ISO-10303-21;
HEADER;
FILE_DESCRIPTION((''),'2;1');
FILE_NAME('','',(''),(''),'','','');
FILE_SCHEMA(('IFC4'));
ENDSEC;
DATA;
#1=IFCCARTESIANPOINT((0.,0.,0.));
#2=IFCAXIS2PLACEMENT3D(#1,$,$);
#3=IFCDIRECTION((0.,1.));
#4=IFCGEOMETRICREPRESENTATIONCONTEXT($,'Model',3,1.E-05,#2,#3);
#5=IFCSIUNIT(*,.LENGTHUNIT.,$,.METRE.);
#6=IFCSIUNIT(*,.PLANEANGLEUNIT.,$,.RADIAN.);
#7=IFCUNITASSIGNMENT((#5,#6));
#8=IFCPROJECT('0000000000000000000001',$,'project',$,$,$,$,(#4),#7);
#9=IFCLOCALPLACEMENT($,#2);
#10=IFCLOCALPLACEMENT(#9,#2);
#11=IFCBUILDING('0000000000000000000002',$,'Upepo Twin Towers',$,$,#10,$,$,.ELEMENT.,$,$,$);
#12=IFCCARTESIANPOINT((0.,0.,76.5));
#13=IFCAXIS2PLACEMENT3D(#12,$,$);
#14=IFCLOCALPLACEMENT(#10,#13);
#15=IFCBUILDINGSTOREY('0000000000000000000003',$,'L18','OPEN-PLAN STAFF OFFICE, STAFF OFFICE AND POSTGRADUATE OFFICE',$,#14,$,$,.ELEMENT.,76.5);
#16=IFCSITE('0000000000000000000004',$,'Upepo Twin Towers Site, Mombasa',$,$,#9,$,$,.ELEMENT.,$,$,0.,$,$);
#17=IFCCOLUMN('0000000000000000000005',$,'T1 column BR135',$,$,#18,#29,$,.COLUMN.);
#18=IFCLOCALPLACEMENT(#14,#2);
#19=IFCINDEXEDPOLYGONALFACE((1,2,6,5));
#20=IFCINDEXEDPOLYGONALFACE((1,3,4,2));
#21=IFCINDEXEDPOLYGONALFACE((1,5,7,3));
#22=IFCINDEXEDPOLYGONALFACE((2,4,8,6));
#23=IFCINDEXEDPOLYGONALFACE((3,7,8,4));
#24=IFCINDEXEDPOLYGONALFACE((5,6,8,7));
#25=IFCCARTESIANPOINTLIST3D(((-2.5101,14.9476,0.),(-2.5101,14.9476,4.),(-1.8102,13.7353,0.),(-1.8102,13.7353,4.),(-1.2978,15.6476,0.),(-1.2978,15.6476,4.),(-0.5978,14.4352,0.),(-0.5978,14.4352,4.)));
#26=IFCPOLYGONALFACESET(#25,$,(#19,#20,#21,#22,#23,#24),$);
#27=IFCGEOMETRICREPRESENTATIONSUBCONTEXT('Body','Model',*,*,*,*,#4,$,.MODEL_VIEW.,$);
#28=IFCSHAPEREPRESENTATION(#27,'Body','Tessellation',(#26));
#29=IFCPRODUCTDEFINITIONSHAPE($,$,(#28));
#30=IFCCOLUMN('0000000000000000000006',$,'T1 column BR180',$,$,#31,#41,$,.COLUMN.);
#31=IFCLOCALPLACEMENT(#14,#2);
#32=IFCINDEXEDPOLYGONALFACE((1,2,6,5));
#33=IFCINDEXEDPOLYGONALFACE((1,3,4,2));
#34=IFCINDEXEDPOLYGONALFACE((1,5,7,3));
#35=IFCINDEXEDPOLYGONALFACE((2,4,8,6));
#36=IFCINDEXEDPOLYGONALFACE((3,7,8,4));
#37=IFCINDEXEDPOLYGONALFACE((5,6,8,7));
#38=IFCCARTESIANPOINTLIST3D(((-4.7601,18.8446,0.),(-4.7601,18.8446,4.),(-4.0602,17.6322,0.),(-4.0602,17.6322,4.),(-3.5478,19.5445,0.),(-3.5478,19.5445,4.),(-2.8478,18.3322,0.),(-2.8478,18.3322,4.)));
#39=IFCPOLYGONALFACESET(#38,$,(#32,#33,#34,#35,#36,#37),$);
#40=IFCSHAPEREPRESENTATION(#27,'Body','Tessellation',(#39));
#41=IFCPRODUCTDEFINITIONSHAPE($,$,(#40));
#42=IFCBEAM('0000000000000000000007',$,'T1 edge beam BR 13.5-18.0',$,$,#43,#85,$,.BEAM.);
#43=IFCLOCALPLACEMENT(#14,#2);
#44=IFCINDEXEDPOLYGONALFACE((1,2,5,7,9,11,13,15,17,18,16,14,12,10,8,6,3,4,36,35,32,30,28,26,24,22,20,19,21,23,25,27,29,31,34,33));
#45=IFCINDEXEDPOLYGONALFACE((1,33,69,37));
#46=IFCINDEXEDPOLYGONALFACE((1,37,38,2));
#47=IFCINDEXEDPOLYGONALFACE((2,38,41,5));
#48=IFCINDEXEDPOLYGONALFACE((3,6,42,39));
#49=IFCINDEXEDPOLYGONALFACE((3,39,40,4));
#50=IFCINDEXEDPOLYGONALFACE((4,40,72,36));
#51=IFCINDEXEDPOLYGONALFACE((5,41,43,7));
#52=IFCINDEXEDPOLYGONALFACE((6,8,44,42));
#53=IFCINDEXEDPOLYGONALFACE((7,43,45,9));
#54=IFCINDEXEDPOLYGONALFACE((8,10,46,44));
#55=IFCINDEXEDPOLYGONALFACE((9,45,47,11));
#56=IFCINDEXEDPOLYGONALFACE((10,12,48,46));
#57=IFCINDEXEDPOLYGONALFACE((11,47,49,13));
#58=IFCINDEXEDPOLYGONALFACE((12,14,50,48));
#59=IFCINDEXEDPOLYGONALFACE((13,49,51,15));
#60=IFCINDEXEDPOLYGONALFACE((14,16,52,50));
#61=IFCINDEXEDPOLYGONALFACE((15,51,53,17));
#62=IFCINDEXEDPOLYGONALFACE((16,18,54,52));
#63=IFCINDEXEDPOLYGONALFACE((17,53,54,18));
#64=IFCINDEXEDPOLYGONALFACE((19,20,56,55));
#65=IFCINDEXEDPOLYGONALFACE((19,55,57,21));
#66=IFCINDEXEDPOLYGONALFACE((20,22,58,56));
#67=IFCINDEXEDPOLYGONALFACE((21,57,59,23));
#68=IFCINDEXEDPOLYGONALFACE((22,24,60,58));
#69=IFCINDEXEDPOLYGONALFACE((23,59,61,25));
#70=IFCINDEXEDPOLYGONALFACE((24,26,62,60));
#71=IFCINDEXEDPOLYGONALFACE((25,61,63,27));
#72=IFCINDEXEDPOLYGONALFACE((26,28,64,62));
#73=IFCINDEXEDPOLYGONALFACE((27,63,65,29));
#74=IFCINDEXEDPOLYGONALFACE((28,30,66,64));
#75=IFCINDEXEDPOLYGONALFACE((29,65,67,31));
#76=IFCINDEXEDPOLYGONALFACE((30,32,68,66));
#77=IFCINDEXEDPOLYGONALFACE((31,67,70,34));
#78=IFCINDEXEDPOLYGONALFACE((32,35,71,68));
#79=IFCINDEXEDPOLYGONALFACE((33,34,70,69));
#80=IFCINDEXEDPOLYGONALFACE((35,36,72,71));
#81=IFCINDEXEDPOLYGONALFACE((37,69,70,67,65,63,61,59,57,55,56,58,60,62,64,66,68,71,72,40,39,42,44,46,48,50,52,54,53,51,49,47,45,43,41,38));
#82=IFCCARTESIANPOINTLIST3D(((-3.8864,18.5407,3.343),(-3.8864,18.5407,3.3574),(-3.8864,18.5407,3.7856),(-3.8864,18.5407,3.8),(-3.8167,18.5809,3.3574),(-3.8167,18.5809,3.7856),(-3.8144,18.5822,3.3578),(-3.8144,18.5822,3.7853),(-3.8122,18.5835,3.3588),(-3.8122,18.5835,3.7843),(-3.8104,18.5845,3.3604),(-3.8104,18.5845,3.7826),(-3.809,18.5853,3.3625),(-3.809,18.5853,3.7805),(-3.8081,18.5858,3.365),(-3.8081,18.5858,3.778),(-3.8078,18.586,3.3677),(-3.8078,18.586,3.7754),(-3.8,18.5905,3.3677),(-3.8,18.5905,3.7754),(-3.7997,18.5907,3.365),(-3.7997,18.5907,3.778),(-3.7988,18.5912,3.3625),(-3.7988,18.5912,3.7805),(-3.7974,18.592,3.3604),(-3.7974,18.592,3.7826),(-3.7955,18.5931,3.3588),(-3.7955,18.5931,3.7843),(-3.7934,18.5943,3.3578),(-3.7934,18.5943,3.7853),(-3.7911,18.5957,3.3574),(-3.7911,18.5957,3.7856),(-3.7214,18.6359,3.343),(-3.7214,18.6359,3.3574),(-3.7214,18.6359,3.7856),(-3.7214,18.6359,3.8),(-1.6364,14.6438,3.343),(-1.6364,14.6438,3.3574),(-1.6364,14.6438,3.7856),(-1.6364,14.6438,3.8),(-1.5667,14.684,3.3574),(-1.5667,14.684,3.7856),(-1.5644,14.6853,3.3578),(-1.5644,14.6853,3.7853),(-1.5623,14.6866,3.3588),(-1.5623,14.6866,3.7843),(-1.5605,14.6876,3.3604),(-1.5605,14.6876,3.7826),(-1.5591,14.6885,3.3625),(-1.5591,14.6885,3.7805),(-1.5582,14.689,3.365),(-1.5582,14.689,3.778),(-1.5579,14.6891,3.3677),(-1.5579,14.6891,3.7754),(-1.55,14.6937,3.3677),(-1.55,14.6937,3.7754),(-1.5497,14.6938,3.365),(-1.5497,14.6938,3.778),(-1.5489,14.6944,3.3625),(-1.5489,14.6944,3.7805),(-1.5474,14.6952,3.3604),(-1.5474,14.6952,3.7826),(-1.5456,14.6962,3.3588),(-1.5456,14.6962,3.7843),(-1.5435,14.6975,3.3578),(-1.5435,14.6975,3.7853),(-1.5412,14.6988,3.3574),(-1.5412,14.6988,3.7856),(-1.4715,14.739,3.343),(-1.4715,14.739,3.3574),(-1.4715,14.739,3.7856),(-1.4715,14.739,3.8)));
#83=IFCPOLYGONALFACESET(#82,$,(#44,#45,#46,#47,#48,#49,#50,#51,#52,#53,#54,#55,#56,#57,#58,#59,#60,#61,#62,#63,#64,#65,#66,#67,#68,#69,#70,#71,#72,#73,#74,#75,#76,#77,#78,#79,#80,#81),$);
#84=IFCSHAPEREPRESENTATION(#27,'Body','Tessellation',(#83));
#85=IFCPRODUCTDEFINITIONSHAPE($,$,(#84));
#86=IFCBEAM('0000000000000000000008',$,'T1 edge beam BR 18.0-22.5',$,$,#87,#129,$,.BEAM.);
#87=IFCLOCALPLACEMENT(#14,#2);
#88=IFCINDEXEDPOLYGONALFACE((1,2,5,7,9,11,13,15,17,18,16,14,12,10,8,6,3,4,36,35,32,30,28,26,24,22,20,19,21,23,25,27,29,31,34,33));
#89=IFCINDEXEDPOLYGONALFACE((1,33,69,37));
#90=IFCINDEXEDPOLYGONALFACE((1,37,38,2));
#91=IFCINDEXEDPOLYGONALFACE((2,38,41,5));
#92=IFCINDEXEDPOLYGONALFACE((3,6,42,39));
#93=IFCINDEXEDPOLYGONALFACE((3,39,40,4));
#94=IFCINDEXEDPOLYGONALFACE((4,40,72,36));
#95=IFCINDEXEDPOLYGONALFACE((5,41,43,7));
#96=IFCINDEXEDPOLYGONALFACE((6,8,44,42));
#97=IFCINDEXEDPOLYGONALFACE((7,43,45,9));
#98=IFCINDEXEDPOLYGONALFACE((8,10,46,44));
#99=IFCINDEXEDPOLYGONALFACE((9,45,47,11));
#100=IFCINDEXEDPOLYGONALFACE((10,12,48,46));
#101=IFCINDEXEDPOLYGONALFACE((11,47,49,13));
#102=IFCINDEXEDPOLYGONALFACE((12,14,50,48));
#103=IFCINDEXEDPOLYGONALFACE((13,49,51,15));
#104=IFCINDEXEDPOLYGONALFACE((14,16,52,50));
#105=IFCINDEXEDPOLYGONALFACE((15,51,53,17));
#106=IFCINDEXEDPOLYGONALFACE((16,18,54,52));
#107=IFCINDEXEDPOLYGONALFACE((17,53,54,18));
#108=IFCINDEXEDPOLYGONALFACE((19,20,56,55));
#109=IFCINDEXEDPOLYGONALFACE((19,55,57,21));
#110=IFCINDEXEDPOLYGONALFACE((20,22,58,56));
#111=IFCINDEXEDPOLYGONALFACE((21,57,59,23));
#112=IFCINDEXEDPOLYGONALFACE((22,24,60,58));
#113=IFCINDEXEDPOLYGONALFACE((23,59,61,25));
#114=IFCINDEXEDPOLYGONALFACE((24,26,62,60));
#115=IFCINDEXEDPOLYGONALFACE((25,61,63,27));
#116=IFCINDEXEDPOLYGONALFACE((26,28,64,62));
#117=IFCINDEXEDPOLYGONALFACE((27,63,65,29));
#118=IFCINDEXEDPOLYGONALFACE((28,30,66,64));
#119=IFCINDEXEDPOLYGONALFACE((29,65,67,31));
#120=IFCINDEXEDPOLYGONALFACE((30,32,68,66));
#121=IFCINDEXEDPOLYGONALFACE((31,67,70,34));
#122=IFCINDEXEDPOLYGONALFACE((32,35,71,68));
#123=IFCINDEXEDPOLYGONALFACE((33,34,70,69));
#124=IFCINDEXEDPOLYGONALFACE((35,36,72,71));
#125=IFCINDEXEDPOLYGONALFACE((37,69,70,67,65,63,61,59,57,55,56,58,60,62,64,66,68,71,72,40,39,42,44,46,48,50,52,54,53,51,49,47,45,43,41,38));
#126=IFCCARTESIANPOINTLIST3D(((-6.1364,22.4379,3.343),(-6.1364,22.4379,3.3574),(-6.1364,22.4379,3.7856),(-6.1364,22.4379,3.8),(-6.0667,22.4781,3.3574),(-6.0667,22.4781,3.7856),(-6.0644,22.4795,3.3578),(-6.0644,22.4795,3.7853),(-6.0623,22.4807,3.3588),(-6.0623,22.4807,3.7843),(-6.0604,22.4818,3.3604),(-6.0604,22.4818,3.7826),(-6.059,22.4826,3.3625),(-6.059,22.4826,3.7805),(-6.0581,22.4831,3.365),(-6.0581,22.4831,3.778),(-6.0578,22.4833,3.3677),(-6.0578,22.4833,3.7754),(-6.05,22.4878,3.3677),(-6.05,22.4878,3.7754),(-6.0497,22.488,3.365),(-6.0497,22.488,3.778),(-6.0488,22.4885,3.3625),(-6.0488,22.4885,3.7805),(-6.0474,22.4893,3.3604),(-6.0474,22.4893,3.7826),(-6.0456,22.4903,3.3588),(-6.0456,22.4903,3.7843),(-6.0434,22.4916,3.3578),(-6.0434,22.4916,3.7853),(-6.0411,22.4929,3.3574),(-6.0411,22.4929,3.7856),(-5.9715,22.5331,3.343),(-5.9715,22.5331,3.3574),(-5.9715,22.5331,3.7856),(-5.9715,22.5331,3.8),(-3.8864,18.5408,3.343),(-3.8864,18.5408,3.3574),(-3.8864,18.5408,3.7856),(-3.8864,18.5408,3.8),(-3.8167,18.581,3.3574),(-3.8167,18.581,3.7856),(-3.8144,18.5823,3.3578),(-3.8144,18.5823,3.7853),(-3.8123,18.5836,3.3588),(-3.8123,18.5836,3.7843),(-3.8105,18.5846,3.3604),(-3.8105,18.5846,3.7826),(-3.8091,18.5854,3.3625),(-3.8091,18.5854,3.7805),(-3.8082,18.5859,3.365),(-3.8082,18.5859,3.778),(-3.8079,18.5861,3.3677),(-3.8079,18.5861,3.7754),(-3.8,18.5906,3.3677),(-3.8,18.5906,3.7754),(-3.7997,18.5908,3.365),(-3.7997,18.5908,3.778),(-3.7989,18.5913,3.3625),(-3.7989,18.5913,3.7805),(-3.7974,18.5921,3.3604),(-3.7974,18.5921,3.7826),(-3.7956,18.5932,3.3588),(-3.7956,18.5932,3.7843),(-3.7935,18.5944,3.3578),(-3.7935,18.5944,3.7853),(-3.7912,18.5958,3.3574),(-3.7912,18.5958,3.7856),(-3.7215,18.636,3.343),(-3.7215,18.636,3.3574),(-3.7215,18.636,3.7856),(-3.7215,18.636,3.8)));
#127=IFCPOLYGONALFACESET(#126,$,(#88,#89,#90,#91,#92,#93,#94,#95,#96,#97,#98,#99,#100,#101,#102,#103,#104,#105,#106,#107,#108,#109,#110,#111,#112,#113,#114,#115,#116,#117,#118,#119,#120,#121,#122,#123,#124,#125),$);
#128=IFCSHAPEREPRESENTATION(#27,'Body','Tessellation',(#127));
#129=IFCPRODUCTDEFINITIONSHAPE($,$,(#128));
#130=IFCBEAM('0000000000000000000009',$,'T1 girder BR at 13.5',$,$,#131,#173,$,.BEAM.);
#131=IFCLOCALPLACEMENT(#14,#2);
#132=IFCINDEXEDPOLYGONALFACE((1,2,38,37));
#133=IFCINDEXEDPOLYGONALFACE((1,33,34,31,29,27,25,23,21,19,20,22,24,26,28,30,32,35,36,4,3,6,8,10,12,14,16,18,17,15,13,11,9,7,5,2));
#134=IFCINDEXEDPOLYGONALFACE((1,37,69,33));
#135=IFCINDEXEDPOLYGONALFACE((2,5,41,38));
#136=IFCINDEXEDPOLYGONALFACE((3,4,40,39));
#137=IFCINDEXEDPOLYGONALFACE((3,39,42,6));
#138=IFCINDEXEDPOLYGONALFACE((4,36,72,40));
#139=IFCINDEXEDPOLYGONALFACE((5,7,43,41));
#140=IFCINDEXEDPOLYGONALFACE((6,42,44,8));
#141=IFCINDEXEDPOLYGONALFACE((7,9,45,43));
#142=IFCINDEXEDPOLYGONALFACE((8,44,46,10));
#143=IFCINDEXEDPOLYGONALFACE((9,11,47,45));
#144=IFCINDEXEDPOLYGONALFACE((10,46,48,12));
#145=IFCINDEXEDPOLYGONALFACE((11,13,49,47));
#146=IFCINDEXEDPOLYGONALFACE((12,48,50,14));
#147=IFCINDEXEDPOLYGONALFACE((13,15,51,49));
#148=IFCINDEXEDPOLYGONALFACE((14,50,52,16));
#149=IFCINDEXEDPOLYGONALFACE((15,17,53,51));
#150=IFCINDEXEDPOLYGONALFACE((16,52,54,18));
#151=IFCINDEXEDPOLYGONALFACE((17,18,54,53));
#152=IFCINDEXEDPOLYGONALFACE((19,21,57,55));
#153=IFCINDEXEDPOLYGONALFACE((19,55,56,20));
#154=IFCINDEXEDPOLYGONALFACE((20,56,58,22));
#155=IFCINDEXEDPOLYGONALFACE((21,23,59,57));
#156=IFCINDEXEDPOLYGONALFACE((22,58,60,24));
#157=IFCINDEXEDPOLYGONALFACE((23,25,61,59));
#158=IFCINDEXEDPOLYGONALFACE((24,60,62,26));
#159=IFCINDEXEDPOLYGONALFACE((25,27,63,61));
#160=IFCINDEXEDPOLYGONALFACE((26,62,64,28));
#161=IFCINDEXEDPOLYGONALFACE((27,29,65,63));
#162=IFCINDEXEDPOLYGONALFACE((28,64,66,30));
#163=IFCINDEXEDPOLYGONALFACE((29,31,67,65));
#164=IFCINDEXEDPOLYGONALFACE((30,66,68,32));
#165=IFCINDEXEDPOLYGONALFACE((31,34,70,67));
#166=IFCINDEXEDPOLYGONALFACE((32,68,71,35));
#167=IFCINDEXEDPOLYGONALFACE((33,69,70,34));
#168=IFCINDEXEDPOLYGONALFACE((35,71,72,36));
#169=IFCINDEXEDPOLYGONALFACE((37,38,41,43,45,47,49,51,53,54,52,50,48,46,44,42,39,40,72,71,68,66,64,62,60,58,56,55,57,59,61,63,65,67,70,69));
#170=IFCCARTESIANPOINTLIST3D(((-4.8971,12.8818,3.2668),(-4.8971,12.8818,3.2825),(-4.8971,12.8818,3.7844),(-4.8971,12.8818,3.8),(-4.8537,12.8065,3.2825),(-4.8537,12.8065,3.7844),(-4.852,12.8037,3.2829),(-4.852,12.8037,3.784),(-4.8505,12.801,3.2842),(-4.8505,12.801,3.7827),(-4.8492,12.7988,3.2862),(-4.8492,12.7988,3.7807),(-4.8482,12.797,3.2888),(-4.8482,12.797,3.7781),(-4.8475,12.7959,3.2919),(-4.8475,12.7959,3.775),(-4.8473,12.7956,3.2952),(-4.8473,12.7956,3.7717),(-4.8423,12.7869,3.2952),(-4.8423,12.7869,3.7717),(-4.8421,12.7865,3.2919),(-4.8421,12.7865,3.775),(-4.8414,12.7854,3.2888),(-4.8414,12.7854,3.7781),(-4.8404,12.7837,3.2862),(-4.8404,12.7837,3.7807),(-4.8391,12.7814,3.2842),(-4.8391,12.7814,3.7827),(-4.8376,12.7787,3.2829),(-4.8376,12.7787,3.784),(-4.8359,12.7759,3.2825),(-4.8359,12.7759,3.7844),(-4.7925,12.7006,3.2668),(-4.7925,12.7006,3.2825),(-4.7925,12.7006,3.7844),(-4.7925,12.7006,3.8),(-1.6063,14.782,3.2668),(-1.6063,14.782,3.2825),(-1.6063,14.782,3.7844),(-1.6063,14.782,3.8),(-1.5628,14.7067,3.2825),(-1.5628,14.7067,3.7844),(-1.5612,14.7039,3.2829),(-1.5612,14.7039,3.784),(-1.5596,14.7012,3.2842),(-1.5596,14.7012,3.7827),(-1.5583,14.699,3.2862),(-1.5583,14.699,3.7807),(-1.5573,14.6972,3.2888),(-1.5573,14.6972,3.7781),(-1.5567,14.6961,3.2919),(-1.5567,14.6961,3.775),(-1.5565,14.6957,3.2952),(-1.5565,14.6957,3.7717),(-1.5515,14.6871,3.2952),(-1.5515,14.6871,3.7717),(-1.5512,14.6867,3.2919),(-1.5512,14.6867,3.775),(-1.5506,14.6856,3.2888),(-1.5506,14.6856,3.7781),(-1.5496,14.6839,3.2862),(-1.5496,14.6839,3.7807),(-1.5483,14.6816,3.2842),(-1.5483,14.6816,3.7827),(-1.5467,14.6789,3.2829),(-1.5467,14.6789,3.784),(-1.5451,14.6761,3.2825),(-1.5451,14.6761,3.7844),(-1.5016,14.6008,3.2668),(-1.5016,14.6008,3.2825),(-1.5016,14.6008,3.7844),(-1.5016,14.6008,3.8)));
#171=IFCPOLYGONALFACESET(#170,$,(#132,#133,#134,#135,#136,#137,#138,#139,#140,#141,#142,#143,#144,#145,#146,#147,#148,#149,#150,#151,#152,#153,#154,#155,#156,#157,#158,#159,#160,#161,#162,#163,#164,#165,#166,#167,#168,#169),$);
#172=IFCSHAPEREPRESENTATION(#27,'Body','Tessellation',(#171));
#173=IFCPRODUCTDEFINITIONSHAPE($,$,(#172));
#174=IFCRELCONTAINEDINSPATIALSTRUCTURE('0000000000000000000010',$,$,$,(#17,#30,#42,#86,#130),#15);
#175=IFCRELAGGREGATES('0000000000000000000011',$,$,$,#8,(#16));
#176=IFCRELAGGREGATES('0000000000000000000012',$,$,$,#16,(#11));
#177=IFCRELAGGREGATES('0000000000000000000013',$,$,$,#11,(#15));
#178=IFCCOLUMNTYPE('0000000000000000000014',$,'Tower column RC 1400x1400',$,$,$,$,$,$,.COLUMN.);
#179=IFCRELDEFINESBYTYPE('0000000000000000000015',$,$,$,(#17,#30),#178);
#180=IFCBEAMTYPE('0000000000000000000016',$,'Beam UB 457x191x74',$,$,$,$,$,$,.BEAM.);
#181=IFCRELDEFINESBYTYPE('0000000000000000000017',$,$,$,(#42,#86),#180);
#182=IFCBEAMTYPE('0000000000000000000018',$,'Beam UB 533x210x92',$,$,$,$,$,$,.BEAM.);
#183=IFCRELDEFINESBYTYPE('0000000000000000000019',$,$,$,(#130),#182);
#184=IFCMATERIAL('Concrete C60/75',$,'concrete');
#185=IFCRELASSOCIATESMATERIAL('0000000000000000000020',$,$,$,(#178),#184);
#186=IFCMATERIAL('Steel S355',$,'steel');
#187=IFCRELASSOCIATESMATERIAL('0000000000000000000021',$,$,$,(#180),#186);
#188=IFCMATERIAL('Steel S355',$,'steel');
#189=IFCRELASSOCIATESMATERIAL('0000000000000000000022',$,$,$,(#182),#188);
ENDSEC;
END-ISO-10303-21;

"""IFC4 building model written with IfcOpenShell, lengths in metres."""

from ifc_helpers import new_model, si_unit, direction, frame, origin, origin_2d, place, context, subcontext, project, spatial, rectangle, i_section, extrude, material, material_profile, profile_set, type_object, element, save


model = new_model("IFC4")

# Units and contexts
model_context = context("Model", 3, precision=1e-05, world=origin(), true_north=direction((0.0, 1.0)))
body_context = subcontext(model_context, "Body", "Model", "MODEL_VIEW")
ifc_project = project(units=[si_unit("LENGTHUNIT", "METRE"), si_unit("PLANEANGLEUNIT", "RADIAN")], contexts=[model_context])

# Site, building, storey
site_placement = place(None, origin())
site = spatial("IfcSite", under=ifc_project, at=site_placement, Name="Upepo Twin Towers Site, Mombasa", CompositionType="ELEMENT", RefElevation=0.0)
building_placement = place(site_placement, origin())
building = spatial("IfcBuilding", under=site, at=building_placement, Name="Upepo Twin Towers", CompositionType="ELEMENT")
storey_placement = place(building_placement, frame((0.0, 0.0, 76.5)))
storey = spatial("IfcBuildingStorey", under=building, at=storey_placement, Name="L18", Description="OPEN-PLAN STAFF OFFICE, STAFF OFFICE AND POSTGRADUATE OFFICE", CompositionType="ELEMENT", Elevation=76.5)

# Columns
ifc_material_1 = material(Name="Concrete C60/75", Category="concrete")
ifc_material_profile_1 = material_profile(ifc_material_1, rectangle(XDim=1.3999, YDim=1.3999, at=origin_2d()), Name="RC 1400x1400")
ifc_profile_set_1 = profile_set([ifc_material_profile_1], Name="Concrete C60/75")
column_type = type_object("IfcColumnType", Name="Tower column RC 1400x1400", PredefinedType="COLUMN", material=ifc_profile_set_1)
for number, where, z_axis, x_axis, name in (
    (1, (-1.554, 14.6914, 0.0), (0.0, 0.0, 1.0), (0.866025, 0.5, 0.0), "T1 column BR135"),
    (2, (-3.804, 18.5884, 0.0), (0.0, 0.0, 1.0), (0.866025, 0.5, 0.0), "T1 column BR180"),
):
    element("IfcColumn", number, at=place(storey_placement, frame(where, z_axis=z_axis, x_axis=x_axis)), inside=storey, type_object=column_type, Name=name, PredefinedType="COLUMN", context=body_context, shape_type="SweptSolid", body=[
        extrude(rectangle(XDim=1.3999, YDim=1.3999, at=origin_2d()), origin(), (0.0, 0.0, 1.0), 4.0),
    ])

# Beams
ifc_material_2 = material(Name="Steel S355", Category="steel")
ifc_material_profile_2 = material_profile(ifc_material_2, i_section(OverallWidth=0.1904, OverallDepth=0.457, WebThickness=0.009, FlangeThickness=0.0144, FilletRadius=0.0103, at=origin_2d()), Name="UB 457x191x74")
ifc_profile_set_2 = profile_set([ifc_material_profile_2], Name="Steel S355")
beam_type_1 = type_object("IfcBeamType", Name="Beam UB 457x191x74", PredefinedType="BEAM", material=ifc_profile_set_2)
beam_1_placement = place(storey_placement, frame((-1.554, 14.6914, 3.5715), z_axis=(-0.500014, 0.866018, 0.0), x_axis=(-0.866018, -0.500014, 0.0)))
element("IfcBeam", 3, at=beam_1_placement, inside=storey, type_object=beam_type_1, Name="T1 edge beam BR 13.5-18.0", PredefinedType="BEAM", context=body_context, shape_type="SweptSolid", body=[
    extrude(i_section(OverallWidth=0.1904, OverallDepth=0.457, WebThickness=0.009, FlangeThickness=0.0144, FilletRadius=0.0103, at=origin_2d()), origin(), (0.0, 0.0, 1.0), 4.4998),
])
beam_2_placement = place(storey_placement, frame((-3.804, 18.5884, 3.5715), z_axis=(-0.49999, 0.866031, 0.0), x_axis=(-0.866031, -0.49999, 0.0)))
element("IfcBeam", 4, at=beam_2_placement, inside=storey, type_object=beam_type_1, Name="T1 edge beam BR 18.0-22.5", PredefinedType="BEAM", context=body_context, shape_type="SweptSolid", body=[
    extrude(i_section(OverallWidth=0.1904, OverallDepth=0.457, WebThickness=0.009, FlangeThickness=0.0144, FilletRadius=0.0103, at=origin_2d()), origin(), (0.0, 0.0, 1.0), 4.5),
])
ifc_material_3 = material(Name="Steel S355", Category="steel")
ifc_material_profile_3 = material_profile(ifc_material_3, i_section(OverallWidth=0.2092, OverallDepth=0.5332, WebThickness=0.01, FlangeThickness=0.0156, FilletRadius=0.0127, at=origin_2d()), Name="UB 533x210x92")
ifc_profile_set_3 = profile_set([ifc_material_profile_3], Name="Steel S355")
beam_type_2 = type_object("IfcBeamType", Name="Beam UB 533x210x92", PredefinedType="BEAM", material=ifc_profile_set_3)
beam_3_placement = place(storey_placement, frame((-1.554, 14.6914, 3.5334), z_axis=(-0.866, -0.500043, 0.0), x_axis=(0.500043, -0.866, 0.0)))
element("IfcBeam", 5, at=beam_3_placement, inside=storey, type_object=beam_type_2, Name="T1 girder BR at 13.5", PredefinedType="BEAM", context=body_context, shape_type="SweptSolid", body=[
    extrude(i_section(OverallWidth=0.2092, OverallDepth=0.5332, WebThickness=0.01, FlangeThickness=0.0156, FilletRadius=0.0127, at=origin_2d()), origin(), (0.0, 0.0, 1.0), 3.8),
])

save(model, "model.ifc")
